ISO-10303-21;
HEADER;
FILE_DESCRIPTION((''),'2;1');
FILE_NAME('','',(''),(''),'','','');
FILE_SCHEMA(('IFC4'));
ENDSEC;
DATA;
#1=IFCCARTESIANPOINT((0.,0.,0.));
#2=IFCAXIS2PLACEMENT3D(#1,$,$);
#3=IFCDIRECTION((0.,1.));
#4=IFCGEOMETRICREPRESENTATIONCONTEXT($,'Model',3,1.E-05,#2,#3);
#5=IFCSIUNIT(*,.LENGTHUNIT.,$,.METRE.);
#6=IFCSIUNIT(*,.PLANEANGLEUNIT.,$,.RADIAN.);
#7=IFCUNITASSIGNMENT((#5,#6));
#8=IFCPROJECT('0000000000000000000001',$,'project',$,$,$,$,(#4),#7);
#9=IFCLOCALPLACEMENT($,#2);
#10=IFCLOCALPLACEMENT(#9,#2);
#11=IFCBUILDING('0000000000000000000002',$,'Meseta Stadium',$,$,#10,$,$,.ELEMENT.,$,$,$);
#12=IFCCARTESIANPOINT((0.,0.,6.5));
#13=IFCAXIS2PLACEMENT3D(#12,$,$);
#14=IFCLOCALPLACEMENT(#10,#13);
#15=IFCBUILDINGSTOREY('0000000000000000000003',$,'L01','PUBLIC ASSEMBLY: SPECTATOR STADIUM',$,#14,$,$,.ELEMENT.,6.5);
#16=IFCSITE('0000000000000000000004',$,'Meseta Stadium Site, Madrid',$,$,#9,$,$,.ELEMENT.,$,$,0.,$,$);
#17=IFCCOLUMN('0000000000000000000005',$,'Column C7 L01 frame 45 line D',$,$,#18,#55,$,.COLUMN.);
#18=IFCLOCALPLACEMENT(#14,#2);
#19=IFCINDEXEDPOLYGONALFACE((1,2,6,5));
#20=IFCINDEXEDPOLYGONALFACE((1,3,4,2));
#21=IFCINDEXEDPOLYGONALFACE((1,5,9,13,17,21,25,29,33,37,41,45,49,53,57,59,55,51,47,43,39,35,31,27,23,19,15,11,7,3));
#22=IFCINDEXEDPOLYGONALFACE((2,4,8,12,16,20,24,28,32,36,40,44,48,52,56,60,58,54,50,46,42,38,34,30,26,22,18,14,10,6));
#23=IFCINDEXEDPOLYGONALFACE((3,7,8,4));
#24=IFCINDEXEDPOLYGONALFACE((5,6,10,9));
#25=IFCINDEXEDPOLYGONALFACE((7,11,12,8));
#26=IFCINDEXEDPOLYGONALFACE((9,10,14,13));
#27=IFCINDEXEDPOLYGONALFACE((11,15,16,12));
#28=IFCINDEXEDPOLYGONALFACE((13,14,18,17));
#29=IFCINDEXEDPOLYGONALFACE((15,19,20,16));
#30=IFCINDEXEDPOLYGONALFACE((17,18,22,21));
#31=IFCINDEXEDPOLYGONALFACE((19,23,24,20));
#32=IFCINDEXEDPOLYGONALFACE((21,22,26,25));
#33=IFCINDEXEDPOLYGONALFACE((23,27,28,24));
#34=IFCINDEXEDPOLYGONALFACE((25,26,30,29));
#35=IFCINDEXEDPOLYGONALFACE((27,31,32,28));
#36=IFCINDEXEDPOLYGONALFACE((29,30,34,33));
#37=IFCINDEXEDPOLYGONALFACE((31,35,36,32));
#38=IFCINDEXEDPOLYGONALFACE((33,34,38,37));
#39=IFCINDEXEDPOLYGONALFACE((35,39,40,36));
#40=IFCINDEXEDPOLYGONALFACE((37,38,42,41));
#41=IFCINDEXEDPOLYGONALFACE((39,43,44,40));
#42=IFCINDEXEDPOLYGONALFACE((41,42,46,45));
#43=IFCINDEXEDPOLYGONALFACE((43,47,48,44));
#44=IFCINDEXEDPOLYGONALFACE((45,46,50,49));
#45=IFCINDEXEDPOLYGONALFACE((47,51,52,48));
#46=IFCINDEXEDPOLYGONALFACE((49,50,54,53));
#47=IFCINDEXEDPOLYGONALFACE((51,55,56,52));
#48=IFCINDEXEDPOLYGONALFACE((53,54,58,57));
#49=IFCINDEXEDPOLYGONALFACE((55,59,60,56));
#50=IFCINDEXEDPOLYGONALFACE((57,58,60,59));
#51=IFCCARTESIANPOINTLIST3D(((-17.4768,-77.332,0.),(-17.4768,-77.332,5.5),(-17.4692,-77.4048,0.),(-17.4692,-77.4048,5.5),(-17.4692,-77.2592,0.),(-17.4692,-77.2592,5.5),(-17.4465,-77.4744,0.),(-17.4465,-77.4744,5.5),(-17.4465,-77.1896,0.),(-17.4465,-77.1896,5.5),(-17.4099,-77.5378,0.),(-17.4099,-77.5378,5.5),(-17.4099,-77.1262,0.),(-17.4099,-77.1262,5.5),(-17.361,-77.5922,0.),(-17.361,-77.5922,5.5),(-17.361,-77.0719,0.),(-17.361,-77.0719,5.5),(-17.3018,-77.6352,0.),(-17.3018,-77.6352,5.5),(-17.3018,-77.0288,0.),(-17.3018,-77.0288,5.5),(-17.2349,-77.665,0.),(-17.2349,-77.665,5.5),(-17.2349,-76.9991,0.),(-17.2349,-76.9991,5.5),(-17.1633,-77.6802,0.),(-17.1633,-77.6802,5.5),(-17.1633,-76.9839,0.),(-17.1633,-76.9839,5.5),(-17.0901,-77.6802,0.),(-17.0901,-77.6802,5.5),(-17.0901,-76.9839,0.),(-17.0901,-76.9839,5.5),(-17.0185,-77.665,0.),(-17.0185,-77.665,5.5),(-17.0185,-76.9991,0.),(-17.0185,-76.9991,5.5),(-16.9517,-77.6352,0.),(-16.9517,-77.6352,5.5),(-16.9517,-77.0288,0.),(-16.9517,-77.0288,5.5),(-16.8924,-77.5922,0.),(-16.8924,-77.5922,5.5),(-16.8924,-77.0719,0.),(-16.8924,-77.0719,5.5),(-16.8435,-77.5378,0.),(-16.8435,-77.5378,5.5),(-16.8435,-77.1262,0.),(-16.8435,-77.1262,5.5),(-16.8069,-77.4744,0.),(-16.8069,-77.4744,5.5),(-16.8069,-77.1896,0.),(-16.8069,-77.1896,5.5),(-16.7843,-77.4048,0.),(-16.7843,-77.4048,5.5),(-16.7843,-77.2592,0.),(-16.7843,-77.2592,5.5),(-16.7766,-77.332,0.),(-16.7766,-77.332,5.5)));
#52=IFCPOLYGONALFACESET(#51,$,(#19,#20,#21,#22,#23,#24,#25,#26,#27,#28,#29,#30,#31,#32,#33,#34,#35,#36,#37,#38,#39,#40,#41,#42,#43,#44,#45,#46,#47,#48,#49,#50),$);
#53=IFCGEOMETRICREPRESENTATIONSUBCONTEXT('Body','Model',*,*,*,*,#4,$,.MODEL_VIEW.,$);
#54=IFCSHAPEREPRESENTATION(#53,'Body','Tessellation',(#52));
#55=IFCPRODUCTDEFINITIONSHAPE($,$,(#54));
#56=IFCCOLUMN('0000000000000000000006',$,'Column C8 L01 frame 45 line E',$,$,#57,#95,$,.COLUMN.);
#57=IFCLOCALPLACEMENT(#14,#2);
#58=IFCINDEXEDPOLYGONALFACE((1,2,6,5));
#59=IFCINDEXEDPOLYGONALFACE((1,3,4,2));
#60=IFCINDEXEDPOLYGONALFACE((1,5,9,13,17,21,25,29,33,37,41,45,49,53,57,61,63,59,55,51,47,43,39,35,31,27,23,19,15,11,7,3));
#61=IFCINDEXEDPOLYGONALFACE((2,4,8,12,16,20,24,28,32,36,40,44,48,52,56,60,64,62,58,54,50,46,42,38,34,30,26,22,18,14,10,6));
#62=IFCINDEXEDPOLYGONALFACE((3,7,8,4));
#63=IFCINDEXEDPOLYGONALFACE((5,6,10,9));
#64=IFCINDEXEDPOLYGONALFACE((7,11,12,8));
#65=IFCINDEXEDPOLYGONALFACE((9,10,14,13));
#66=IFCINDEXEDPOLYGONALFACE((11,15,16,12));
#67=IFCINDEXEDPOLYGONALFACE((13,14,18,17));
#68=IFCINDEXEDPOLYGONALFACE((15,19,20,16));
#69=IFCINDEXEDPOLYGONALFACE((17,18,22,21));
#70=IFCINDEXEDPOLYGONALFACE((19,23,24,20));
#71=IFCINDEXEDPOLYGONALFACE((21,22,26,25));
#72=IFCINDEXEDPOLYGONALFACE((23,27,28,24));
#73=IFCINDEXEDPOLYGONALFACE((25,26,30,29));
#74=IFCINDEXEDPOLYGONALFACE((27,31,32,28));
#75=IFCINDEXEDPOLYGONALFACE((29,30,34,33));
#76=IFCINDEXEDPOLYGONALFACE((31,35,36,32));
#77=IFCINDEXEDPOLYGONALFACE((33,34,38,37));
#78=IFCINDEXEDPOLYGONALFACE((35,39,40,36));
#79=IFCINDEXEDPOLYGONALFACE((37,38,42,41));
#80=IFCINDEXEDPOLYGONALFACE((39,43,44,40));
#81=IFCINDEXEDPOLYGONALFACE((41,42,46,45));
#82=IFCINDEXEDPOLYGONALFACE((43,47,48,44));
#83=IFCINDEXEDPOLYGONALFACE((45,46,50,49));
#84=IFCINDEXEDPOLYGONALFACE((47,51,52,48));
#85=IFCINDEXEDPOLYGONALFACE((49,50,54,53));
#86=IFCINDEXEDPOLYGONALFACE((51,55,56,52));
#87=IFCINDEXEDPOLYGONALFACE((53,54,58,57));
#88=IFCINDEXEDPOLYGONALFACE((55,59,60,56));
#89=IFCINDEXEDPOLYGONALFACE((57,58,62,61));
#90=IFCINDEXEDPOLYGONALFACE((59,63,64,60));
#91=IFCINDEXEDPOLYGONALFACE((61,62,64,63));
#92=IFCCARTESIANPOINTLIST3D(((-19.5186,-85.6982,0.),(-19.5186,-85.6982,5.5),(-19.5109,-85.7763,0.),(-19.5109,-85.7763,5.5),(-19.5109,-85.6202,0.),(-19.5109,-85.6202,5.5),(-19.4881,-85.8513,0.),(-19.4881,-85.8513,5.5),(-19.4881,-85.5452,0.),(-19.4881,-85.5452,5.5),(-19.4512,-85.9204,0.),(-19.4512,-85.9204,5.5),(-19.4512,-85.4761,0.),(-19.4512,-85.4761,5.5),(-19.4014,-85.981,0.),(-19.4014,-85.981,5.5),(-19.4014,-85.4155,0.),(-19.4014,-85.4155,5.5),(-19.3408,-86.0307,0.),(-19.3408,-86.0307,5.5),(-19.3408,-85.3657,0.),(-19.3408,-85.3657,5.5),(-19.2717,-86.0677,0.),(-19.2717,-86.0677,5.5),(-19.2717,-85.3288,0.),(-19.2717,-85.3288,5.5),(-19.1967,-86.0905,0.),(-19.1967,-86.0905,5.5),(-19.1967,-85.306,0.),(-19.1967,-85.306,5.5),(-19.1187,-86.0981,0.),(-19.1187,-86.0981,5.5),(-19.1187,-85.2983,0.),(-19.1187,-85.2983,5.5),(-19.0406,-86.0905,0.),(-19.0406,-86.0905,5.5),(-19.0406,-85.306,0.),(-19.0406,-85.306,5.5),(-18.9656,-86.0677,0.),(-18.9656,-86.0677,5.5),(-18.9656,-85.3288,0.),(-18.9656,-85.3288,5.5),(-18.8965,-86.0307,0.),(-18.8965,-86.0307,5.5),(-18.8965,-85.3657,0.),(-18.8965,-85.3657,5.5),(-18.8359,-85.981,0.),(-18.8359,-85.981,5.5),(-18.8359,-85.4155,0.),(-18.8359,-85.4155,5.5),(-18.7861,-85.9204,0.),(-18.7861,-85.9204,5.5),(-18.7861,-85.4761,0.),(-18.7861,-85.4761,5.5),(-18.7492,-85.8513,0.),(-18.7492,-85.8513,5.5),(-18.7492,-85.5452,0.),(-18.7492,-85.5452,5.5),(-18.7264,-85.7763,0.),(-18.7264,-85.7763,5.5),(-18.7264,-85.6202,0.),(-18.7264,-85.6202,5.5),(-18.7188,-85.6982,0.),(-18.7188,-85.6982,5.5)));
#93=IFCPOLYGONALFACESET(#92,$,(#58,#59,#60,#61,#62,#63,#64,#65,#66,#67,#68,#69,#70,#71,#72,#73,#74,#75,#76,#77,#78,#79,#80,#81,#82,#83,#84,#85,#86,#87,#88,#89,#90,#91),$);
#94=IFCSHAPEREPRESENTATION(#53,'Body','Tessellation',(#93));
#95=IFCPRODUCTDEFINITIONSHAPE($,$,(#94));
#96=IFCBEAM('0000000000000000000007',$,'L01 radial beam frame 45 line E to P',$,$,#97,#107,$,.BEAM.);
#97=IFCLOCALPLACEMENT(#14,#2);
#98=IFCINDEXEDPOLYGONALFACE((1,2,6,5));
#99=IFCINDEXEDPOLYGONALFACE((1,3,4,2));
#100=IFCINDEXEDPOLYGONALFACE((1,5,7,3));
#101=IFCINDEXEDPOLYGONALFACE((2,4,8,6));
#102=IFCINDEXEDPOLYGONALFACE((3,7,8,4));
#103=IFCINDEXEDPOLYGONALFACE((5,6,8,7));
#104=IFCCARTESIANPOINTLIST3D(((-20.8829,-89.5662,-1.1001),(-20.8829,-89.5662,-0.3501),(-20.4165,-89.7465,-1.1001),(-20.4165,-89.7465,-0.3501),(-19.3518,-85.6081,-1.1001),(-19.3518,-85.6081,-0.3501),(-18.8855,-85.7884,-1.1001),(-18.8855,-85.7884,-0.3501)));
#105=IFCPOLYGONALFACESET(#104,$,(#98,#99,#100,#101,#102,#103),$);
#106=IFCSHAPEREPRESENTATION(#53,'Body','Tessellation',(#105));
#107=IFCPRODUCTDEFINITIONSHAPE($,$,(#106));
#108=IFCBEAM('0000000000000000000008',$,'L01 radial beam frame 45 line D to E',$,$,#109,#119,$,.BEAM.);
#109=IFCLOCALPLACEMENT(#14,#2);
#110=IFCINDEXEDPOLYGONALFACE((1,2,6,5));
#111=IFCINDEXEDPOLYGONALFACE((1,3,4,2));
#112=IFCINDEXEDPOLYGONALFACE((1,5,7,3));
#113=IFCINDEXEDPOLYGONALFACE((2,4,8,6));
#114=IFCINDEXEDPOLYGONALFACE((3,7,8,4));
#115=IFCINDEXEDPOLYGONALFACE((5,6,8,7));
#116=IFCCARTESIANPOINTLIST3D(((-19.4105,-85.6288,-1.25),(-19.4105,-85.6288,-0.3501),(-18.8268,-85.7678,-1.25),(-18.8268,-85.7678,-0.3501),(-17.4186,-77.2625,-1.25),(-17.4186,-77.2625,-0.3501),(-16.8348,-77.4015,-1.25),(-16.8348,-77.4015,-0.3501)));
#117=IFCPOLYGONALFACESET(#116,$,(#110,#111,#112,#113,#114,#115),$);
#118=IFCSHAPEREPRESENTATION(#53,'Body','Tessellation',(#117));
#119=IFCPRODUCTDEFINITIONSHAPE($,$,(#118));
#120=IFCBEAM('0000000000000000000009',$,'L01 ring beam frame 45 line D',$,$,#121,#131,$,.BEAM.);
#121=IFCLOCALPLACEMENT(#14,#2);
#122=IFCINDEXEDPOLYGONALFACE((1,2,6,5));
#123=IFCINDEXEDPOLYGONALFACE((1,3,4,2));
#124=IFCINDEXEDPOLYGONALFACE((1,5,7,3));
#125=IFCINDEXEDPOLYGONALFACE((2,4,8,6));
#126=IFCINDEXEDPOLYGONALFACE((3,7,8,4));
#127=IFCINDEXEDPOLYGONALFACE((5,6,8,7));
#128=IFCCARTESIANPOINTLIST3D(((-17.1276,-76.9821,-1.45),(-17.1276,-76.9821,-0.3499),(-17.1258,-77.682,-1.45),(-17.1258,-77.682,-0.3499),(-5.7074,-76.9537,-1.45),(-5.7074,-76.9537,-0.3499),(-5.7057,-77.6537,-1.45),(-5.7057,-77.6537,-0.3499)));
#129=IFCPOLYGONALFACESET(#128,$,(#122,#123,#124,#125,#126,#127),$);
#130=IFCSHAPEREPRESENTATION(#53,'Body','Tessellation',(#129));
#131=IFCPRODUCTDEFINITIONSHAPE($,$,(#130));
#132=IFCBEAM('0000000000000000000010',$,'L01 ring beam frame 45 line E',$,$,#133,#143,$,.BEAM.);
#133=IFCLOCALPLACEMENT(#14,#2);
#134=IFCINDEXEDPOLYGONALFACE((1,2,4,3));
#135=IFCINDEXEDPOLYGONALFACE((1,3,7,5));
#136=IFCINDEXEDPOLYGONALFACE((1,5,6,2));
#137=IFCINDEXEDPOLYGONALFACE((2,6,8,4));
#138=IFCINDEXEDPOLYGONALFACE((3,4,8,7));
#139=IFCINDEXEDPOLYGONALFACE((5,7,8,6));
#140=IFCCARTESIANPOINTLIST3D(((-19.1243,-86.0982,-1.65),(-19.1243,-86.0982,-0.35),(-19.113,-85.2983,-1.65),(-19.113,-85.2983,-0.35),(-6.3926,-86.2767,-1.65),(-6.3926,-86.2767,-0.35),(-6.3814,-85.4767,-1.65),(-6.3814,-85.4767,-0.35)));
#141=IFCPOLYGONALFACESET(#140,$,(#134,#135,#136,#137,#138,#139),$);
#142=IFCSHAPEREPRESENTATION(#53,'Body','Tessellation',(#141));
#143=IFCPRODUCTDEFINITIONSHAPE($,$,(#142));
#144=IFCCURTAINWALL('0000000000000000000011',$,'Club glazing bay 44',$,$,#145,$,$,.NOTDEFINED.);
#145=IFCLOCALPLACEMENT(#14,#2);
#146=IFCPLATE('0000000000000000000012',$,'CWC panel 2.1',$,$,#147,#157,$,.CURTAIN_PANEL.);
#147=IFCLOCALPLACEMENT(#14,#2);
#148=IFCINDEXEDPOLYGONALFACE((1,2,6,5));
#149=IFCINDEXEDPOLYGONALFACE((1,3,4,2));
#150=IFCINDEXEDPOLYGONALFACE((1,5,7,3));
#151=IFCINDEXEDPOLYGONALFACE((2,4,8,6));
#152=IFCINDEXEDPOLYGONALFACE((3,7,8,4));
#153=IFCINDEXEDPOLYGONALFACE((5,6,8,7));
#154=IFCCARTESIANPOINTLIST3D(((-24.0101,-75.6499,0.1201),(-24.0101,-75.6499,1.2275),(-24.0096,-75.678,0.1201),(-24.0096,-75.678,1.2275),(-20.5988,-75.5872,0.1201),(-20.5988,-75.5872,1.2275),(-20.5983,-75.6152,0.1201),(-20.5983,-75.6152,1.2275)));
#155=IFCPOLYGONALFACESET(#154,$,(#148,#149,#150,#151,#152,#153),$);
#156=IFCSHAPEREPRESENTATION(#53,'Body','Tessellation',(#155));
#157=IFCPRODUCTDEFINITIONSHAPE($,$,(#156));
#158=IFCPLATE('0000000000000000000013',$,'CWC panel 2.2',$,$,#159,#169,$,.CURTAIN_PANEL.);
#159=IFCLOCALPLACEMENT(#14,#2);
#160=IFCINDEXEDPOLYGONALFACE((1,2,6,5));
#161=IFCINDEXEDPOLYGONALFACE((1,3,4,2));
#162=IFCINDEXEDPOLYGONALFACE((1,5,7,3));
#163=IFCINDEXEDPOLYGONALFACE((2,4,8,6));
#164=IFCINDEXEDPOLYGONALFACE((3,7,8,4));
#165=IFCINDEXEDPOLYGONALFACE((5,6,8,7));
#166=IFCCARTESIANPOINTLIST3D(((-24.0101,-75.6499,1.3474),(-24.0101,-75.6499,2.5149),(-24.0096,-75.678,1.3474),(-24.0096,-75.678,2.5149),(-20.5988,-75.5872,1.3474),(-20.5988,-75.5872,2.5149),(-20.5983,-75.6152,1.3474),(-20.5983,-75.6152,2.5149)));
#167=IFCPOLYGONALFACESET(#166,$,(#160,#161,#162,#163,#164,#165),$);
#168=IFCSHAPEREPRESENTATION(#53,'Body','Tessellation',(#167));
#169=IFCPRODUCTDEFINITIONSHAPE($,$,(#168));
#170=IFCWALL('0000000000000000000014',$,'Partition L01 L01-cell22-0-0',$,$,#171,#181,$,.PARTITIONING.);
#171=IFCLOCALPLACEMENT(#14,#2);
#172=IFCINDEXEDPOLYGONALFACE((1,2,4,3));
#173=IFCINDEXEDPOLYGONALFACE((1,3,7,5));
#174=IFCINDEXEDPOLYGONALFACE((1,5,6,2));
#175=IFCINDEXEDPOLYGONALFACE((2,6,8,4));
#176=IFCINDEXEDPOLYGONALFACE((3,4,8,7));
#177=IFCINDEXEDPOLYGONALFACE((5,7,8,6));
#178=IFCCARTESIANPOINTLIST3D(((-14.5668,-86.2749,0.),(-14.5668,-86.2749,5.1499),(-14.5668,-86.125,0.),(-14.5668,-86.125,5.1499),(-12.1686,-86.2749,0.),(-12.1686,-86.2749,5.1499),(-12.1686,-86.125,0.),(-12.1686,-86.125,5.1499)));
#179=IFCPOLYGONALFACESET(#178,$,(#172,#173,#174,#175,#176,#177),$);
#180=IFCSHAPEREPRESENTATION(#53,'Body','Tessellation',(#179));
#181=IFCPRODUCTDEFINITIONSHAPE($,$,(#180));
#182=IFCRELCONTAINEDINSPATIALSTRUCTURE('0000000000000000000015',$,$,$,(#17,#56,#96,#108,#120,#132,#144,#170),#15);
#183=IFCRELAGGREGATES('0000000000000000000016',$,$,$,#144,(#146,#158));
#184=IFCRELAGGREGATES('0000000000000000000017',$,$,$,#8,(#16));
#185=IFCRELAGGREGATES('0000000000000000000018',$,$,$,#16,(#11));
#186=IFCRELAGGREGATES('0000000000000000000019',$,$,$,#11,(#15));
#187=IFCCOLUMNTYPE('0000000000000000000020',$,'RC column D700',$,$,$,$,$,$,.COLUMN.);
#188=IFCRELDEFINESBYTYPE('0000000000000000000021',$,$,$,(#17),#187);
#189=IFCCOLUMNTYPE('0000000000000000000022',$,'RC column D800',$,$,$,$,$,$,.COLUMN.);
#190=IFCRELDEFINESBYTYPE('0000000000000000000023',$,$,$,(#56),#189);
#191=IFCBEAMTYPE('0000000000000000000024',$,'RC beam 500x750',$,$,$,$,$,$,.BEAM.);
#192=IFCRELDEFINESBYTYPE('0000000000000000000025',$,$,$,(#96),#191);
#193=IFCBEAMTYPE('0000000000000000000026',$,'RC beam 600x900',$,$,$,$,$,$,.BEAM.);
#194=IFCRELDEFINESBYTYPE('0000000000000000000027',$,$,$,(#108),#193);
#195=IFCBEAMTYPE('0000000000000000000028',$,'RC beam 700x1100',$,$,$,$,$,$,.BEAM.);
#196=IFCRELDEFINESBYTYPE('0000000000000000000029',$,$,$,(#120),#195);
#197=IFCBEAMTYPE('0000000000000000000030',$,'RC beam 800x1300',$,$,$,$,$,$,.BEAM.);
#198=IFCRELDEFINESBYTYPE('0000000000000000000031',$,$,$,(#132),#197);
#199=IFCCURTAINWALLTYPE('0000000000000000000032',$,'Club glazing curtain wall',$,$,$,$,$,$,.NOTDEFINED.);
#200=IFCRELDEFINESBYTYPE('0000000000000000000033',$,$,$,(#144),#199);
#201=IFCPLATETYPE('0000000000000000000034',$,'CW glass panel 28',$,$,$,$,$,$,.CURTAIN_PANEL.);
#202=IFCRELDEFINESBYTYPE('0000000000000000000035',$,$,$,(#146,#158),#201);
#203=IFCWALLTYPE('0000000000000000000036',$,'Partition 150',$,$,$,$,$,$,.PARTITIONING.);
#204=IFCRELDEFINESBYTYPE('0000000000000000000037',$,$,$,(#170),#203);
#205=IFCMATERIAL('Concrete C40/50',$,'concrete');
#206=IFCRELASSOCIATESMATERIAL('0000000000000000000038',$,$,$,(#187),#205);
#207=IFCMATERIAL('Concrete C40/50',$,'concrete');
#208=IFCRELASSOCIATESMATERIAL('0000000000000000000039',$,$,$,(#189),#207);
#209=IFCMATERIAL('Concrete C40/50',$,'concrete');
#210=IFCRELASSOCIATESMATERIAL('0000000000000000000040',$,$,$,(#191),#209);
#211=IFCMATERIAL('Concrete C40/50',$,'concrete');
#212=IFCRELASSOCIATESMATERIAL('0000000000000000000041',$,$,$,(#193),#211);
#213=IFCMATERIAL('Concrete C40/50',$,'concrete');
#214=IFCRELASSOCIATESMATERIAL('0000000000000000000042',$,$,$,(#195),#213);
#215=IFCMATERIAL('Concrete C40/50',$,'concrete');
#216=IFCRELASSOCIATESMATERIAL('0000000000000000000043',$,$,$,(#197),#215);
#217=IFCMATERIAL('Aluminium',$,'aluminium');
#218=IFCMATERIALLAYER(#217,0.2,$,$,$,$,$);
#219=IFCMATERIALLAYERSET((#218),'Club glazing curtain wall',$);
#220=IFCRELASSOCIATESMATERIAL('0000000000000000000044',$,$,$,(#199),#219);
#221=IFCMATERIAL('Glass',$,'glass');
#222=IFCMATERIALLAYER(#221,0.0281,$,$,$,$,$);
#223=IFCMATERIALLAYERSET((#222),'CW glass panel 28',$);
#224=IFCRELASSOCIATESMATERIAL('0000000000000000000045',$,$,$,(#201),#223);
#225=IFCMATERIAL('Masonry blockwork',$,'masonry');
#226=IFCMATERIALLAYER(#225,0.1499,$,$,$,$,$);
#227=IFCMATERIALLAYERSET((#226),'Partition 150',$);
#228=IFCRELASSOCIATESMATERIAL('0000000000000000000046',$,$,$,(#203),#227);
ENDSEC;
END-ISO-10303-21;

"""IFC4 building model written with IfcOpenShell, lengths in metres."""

from ifc_helpers import new_model, si_unit, direction, frame, frame_2d, origin, origin_2d, place, context, subcontext, project, spatial, rectangle, circle, extrude, material, layer, layer_set, material_profile, profile_set, type_object, element, aggregate, save


model = new_model("IFC4")

# Units and contexts
model_context = context("Model", 3, precision=1e-05, world=origin(), true_north=direction((0.0, 1.0)))
body_context = subcontext(model_context, "Body", "Model", "MODEL_VIEW")
ifc_project = project(units=[si_unit("LENGTHUNIT", "METRE"), si_unit("PLANEANGLEUNIT", "RADIAN")], contexts=[model_context])

# Site, building, storey
site_placement = place(None, origin())
site = spatial("IfcSite", under=ifc_project, at=site_placement, Name="Meseta Stadium Site, Madrid", CompositionType="ELEMENT", RefElevation=0.0)
building_placement = place(site_placement, origin())
building = spatial("IfcBuilding", under=site, at=building_placement, Name="Meseta Stadium", CompositionType="ELEMENT")
storey_placement = place(building_placement, frame((0.0, 0.0, 6.5)))
storey = spatial("IfcBuildingStorey", under=building, at=storey_placement, Name="L01", Description="PUBLIC ASSEMBLY: SPECTATOR STADIUM", CompositionType="ELEMENT", Elevation=6.5)

# Columns
ifc_material_1 = material(Name="Concrete C40/50", Category="concrete")
ifc_material_profile_1 = material_profile(ifc_material_1, circle(Radius=0.3501, at=origin_2d()), Name="RC D700")
ifc_profile_set_1 = profile_set([ifc_material_profile_1], Name="Concrete C40/50")
column_type_1 = type_object("IfcColumnType", Name="RC column D700", PredefinedType="COLUMN", material=ifc_profile_set_1)
column_1_placement = place(storey_placement, frame((-17.1267, -77.332, 0.0), z_axis=(0.0, 0.0, 1.0), x_axis=(1.0, 0.0, 0.0)))
element("IfcColumn", 1, at=column_1_placement, inside=storey, type_object=column_type_1, Name="Column C7 L01 frame 45 line D", PredefinedType="COLUMN", context=body_context, shape_type="SweptSolid", body=[
    extrude(circle(Radius=0.3501, at=origin_2d()), origin(), (0.0, 0.0, 1.0), 5.5),
])
ifc_material_2 = material(Name="Concrete C40/50", Category="concrete")
ifc_material_profile_2 = material_profile(ifc_material_2, circle(Radius=0.3999, at=origin_2d()), Name="RC D800")
ifc_profile_set_2 = profile_set([ifc_material_profile_2], Name="Concrete C40/50")
column_type_2 = type_object("IfcColumnType", Name="RC column D800", PredefinedType="COLUMN", material=ifc_profile_set_2)
column_2_placement = place(storey_placement, frame((-19.1187, -85.6982, 0.0), z_axis=(0.0, 0.0, 1.0), x_axis=(1.0, 0.0, 0.0)))
element("IfcColumn", 2, at=column_2_placement, inside=storey, type_object=column_type_2, Name="Column C8 L01 frame 45 line E", PredefinedType="COLUMN", context=body_context, shape_type="SweptSolid", body=[
    extrude(circle(Radius=0.3999, at=origin_2d()), origin(), (0.0, 0.0, 1.0), 5.5),
])

# Beams
ifc_material_3 = material(Name="Concrete C40/50", Category="concrete")
ifc_material_profile_3 = material_profile(ifc_material_3, rectangle(XDim=0.5, YDim=0.75, at=origin_2d()), Name="RC 500x750")
ifc_profile_set_3 = profile_set([ifc_material_profile_3], Name="Concrete C40/50")
beam_type_1 = type_object("IfcBeamType", Name="RC beam 500x750", PredefinedType="BEAM", material=ifc_profile_set_3)
beam_1_placement = place(storey_placement, frame((-19.1187, -85.6982, -0.7251), z_axis=(-0.360763, -0.932657, 0.0), x_axis=(0.932657, -0.360763, 0.0)))
element("IfcBeam", 3, at=beam_1_placement, inside=storey, type_object=beam_type_1, Name="L01 radial beam frame 45 line E to P", PredefinedType="BEAM", context=body_context, shape_type="SweptSolid", body=[
    extrude(rectangle(XDim=0.5, YDim=0.75, at=origin_2d()), origin(), (0.0, 0.0, 1.0), 4.2439),
])
ifc_material_4 = material(Name="Concrete C40/50", Category="concrete")
ifc_material_profile_4 = material_profile(ifc_material_4, rectangle(XDim=0.6001, YDim=0.8999, at=origin_2d()), Name="RC 600x900")
ifc_profile_set_4 = profile_set([ifc_material_profile_4], Name="Concrete C40/50")
beam_type_2 = type_object("IfcBeamType", Name="RC beam 600x900", PredefinedType="BEAM", material=ifc_profile_set_4)
beam_2_placement = place(storey_placement, frame((-17.1267, -77.332, -0.8), z_axis=(-0.231619, -0.972807, 0.0), x_axis=(0.972807, -0.231619, 0.0)))
element("IfcBeam", 4, at=beam_2_placement, inside=storey, type_object=beam_type_2, Name="L01 radial beam frame 45 line D to E", PredefinedType="BEAM", context=body_context, shape_type="SweptSolid", body=[
    extrude(rectangle(XDim=0.6001, YDim=0.8999, at=origin_2d()), origin(), (0.0, 0.0, 1.0), 8.6001),
])
ifc_material_5 = material(Name="Concrete C40/50", Category="concrete")
ifc_material_profile_5 = material_profile(ifc_material_5, rectangle(XDim=0.7, YDim=1.1001, at=origin_2d()), Name="RC 700x1100")
ifc_profile_set_5 = profile_set([ifc_material_profile_5], Name="Concrete C40/50")
beam_type_3 = type_object("IfcBeamType", Name="RC beam 700x1100", PredefinedType="BEAM", material=ifc_profile_set_5)
beam_3_placement = place(storey_placement, frame((-17.1267, -77.332, -0.8999), z_axis=(0.999997, 0.00248, 0.0), x_axis=(-0.00248, 0.999997, 0.0)))
element("IfcBeam", 5, at=beam_3_placement, inside=storey, type_object=beam_type_3, Name="L01 ring beam frame 45 line D", PredefinedType="BEAM", context=body_context, shape_type="SweptSolid", body=[
    extrude(rectangle(XDim=0.7, YDim=1.1001, at=origin_2d()), origin(), (0.0, 0.0, 1.0), 11.4202),
])
ifc_material_6 = material(Name="Concrete C40/50", Category="concrete")
ifc_material_profile_6 = material_profile(ifc_material_6, rectangle(XDim=0.8, YDim=1.3, at=origin_2d()), Name="RC 800x1300")
ifc_profile_set_6 = profile_set([ifc_material_profile_6], Name="Concrete C40/50")
beam_type_4 = type_object("IfcBeamType", Name="RC beam 800x1300", PredefinedType="BEAM", material=ifc_profile_set_6)
beam_4_placement = place(storey_placement, frame((-19.1187, -85.6982, -1.0), z_axis=(0.999902, -0.014016, 0.0), x_axis=(0.014016, 0.999902, 0.0)))
element("IfcBeam", 6, at=beam_4_placement, inside=storey, type_object=beam_type_4, Name="L01 ring beam frame 45 line E", PredefinedType="BEAM", context=body_context, shape_type="SweptSolid", body=[
    extrude(rectangle(XDim=0.8, YDim=1.3, at=origin_2d()), origin(), (0.0, 0.0, 1.0), 12.7329),
])

# Curtain wall, plates
ifc_material_7 = material(Name="Aluminium", Category="aluminium")
ifc_layer_1 = layer(ifc_material_7, 0.2)
ifc_layer_set_1 = layer_set([ifc_layer_1], Name="Club glazing curtain wall")
curtain_wall_type = type_object("IfcCurtainWallType", Name="Club glazing curtain wall", PredefinedType="NOTDEFINED", material=ifc_layer_set_1)
curtain_wall_placement = place(storey_placement, origin())
curtain_wall = element("IfcCurtainWall", 7, at=curtain_wall_placement, inside=storey, type_object=curtain_wall_type, Name="Club glazing bay 44", PredefinedType="NOTDEFINED")
ifc_material_8 = material(Name="Glass", Category="glass")
ifc_layer_2 = layer(ifc_material_8, 0.0281)
ifc_layer_set_2 = layer_set([ifc_layer_2], Name="CW glass panel 28")
plate_type = type_object("IfcPlateType", Name="CW glass panel 28", PredefinedType="CURTAIN_PANEL", material=ifc_layer_set_2)
plate_1_placement = place(storey_placement, frame((-22.3042, -75.6326, 0.1201), z_axis=(0.0, 0.0, 1.0), x_axis=(0.999831, 0.018384, 0.0)))
plate_1 = element("IfcPlate", 8, at=plate_1_placement, type_object=plate_type, Name="CWC panel 2.1", PredefinedType="CURTAIN_PANEL", context=body_context, shape_type="SweptSolid", body=[
    extrude(rectangle(XDim=3.4119, YDim=0.0281, at=origin_2d()), origin(), (0.0, 0.0, 1.0), 1.1074),
])
plate_2_placement = place(storey_placement, frame((-22.3042, -75.6326, 1.3474), z_axis=(0.0, 0.0, 1.0), x_axis=(0.999831, 0.018384, 0.0)))
plate_2 = element("IfcPlate", 9, at=plate_2_placement, type_object=plate_type, Name="CWC panel 2.2", PredefinedType="CURTAIN_PANEL", context=body_context, shape_type="SweptSolid", body=[
    extrude(rectangle(XDim=3.4119, YDim=0.0281, at=origin_2d()), origin(), (0.0, 0.0, 1.0), 1.1675),
])
aggregate(curtain_wall, [plate_1, plate_2])

# Wall
ifc_material_9 = material(Name="Masonry blockwork", Category="masonry")
ifc_layer_3 = layer(ifc_material_9, 0.1499)
ifc_layer_set_3 = layer_set([ifc_layer_3], Name="Partition 150")
wall_type = type_object("IfcWallType", Name="Partition 150", PredefinedType="PARTITIONING", material=ifc_layer_set_3)
wall_1_placement = place(storey_placement, frame((-12.1685, -86.2, 0.0), z_axis=(0.0, 0.0, 1.0), x_axis=(-1.0, 0.0, 0.0)))
element("IfcWall", 10, at=wall_1_placement, inside=storey, type_object=wall_type, Name="Partition L01 L01-cell22-0-0", PredefinedType="PARTITIONING", context=body_context, shape_type="SweptSolid", body=[
    extrude(rectangle(XDim=2.3982, YDim=0.1499, at=frame_2d((1.1992, 0.0))), origin(), (0.0, 0.0, 1.0), 5.1499),
])

save(model, "model.ifc")
